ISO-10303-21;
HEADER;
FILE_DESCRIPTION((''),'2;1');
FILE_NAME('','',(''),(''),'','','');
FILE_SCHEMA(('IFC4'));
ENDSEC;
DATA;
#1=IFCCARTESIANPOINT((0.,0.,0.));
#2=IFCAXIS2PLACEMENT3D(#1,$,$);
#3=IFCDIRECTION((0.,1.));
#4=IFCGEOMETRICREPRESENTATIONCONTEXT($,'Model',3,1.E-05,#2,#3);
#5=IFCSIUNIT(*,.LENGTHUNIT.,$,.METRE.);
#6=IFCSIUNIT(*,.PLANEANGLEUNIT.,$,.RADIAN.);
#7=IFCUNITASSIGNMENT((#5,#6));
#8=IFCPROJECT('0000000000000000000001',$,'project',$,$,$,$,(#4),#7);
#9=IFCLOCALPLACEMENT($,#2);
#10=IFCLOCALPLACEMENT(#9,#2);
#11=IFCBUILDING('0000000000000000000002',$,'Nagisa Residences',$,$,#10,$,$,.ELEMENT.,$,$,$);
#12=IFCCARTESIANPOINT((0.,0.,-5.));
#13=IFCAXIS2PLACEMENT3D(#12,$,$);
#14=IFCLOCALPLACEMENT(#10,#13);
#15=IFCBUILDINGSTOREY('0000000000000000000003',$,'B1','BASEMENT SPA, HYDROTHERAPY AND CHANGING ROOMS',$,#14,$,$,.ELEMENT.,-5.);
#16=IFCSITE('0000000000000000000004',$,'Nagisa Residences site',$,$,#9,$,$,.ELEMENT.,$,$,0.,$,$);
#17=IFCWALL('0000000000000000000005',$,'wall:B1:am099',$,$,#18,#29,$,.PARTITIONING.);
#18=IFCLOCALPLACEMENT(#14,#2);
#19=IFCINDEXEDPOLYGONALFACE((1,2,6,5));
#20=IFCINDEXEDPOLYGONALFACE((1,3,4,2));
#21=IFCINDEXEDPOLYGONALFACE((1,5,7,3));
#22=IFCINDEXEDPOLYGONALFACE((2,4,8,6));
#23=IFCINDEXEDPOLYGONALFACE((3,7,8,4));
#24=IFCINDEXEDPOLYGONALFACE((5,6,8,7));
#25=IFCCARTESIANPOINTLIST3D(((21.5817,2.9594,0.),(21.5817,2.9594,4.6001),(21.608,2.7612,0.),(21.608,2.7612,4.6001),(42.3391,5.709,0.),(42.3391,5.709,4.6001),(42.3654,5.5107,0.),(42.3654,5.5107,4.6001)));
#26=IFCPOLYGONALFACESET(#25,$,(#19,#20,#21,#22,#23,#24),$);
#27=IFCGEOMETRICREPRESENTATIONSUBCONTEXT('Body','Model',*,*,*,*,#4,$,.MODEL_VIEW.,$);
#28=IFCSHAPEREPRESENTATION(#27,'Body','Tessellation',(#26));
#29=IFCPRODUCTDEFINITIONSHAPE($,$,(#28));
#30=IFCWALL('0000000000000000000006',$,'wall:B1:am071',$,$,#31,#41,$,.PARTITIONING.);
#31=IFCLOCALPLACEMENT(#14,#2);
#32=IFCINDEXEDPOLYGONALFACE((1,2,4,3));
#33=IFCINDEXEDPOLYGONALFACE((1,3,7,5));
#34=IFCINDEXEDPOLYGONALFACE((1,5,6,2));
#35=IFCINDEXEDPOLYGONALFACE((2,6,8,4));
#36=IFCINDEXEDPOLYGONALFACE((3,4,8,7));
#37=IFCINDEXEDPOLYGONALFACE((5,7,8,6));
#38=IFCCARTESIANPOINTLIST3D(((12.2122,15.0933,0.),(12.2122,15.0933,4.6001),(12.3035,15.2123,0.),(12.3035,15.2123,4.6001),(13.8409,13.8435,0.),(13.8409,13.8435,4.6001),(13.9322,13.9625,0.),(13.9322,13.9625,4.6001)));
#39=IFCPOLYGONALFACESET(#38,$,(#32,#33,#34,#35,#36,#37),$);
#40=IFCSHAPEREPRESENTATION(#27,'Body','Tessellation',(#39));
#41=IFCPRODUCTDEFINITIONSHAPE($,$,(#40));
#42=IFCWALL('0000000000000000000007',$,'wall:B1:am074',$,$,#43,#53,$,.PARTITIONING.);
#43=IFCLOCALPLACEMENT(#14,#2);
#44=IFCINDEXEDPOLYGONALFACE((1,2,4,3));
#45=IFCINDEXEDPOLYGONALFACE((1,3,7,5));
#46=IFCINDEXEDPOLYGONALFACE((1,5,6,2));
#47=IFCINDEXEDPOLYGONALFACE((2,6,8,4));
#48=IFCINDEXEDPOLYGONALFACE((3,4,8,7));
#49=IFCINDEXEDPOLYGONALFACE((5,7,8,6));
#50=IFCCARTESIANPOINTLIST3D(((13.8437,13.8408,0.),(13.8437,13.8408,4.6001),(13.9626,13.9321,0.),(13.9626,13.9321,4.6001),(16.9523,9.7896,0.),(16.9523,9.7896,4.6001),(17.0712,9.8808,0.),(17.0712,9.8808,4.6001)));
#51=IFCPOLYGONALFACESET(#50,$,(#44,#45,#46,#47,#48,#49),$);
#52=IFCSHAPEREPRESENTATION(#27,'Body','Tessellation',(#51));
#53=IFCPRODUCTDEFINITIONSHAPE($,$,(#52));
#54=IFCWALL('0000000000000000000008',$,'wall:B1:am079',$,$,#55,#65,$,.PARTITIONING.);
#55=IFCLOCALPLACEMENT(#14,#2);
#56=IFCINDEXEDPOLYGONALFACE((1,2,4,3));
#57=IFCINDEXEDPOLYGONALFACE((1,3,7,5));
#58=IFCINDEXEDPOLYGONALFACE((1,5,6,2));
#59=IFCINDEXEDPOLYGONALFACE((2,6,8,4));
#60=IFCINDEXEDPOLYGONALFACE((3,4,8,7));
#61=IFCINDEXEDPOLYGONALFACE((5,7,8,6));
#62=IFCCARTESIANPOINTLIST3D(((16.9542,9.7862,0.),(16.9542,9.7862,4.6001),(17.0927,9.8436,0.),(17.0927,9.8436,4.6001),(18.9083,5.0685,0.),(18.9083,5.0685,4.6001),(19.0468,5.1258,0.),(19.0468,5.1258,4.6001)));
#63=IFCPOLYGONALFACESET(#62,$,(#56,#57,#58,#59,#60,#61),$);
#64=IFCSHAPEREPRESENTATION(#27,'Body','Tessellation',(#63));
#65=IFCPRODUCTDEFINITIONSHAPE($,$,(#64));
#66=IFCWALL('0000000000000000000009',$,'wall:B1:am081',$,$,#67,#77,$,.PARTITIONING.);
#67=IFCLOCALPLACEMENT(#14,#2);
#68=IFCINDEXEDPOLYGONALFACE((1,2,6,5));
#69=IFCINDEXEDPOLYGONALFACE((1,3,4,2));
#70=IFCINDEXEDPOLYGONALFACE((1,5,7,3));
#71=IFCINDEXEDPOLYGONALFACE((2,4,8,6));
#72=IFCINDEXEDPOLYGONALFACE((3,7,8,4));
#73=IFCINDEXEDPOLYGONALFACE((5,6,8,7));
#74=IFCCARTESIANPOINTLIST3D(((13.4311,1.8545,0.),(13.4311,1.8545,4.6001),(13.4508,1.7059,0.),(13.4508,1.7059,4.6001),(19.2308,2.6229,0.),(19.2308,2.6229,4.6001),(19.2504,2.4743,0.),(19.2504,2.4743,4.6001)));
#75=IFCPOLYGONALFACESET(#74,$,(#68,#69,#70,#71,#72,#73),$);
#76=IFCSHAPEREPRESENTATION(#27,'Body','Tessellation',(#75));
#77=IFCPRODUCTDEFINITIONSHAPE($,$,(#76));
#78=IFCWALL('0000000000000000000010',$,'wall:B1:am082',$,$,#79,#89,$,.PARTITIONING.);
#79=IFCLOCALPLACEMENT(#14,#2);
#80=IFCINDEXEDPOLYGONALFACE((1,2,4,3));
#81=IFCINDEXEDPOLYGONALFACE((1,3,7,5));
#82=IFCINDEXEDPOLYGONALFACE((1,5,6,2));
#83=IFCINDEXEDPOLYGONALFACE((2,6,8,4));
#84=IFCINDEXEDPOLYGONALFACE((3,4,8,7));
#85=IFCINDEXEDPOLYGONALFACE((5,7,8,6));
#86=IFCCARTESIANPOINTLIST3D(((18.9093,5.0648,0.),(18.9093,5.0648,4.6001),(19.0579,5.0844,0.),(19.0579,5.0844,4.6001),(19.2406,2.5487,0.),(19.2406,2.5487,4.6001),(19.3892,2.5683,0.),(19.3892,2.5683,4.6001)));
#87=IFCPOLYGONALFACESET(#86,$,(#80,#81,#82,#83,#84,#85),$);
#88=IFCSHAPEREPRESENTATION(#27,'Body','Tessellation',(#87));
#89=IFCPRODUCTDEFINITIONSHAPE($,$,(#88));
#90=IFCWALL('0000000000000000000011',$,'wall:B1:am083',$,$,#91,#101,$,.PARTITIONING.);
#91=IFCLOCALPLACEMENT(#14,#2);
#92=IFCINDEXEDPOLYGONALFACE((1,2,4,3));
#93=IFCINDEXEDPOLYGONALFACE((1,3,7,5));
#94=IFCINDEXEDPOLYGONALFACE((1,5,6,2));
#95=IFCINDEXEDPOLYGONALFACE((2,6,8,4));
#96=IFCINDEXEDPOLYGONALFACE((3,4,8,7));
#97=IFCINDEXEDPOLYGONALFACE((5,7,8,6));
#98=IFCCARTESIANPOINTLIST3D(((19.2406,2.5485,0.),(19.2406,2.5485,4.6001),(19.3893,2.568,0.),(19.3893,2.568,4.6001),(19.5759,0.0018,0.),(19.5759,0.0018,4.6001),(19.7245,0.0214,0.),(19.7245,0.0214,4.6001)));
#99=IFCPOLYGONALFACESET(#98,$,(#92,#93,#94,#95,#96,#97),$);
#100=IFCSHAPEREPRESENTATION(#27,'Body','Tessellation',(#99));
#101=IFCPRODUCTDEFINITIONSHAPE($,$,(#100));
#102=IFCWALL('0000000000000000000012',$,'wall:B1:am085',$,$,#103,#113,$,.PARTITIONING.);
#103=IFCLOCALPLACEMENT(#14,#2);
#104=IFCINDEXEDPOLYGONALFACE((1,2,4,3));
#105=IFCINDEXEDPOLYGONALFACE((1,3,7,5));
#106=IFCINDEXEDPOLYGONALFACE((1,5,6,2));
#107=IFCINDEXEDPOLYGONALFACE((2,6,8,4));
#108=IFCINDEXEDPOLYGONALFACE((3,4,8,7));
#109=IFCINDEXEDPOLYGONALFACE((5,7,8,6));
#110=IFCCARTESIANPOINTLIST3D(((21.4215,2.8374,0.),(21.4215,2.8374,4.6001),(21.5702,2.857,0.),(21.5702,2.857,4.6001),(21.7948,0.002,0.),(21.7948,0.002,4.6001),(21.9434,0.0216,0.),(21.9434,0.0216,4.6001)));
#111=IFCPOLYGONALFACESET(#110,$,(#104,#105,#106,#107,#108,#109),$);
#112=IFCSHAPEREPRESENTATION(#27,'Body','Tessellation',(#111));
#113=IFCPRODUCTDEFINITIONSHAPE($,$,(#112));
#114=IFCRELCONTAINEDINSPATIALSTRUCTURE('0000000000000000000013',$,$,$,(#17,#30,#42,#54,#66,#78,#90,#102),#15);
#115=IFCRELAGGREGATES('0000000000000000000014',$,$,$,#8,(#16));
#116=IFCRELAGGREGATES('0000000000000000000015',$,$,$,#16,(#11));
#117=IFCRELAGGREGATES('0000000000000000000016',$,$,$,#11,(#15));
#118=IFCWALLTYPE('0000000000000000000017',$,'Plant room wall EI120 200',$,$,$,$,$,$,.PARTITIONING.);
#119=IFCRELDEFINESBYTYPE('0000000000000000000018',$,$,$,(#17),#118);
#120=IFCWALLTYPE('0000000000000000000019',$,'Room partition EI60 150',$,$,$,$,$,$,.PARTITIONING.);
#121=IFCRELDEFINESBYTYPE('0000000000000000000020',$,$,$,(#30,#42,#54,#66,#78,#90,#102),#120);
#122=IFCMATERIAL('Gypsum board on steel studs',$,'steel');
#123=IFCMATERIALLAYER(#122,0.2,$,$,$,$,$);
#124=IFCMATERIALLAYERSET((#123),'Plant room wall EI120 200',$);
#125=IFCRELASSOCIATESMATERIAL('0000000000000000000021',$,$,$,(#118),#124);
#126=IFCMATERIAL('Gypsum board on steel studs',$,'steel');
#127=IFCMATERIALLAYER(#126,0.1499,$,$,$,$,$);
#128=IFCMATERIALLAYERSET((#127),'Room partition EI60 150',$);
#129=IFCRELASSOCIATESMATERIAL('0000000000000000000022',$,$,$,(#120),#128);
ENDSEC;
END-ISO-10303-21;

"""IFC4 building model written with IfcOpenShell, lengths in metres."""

from ifc_helpers import new_model, si_unit, direction, frame, frame_2d, origin, place, context, subcontext, project, spatial, rectangle, extrude, material, layer, layer_set, type_object, element, save


model = new_model("IFC4")

# Units and contexts
model_context = context("Model", 3, precision=1e-05, world=origin(), true_north=direction((0.0, 1.0)))
body_context = subcontext(model_context, "Body", "Model", "MODEL_VIEW")
ifc_project = project(units=[si_unit("LENGTHUNIT", "METRE"), si_unit("PLANEANGLEUNIT", "RADIAN")], contexts=[model_context])

# Site, building, storey
site_placement = place(None, origin())
site = spatial("IfcSite", under=ifc_project, at=site_placement, Name="Nagisa Residences site", CompositionType="ELEMENT", RefElevation=0.0)
building_placement = place(site_placement, origin())
building = spatial("IfcBuilding", under=site, at=building_placement, Name="Nagisa Residences", CompositionType="ELEMENT")
storey_placement = place(building_placement, frame((0.0, 0.0, -5.0)))
storey = spatial("IfcBuildingStorey", under=building, at=storey_placement, Name="B1", Description="BASEMENT SPA, HYDROTHERAPY AND CHANGING ROOMS", CompositionType="ELEMENT", Elevation=-5.0)

# Walls
ifc_material_1 = material(Name="Gypsum board on steel studs", Category="steel")
ifc_layer_1 = layer(ifc_material_1, 0.2)
ifc_layer_set_1 = layer_set([ifc_layer_1], Name="Plant room wall EI120 200")
wall_type_1 = type_object("IfcWallType", Name="Plant room wall EI120 200", PredefinedType="PARTITIONING", material=ifc_layer_set_1)
wall_1_placement = place(storey_placement, frame((21.595, 2.8604, 0.0), z_axis=(0.0, 0.0, 1.0), x_axis=(0.991341, 0.131313, 0.0)))
element("IfcWall", 1, at=wall_1_placement, inside=storey, type_object=wall_type_1, Name="wall:B1:am099", PredefinedType="PARTITIONING", context=body_context, shape_type="SweptSolid", body=[
    extrude(rectangle(XDim=20.9387, YDim=0.2, at=frame_2d((10.4692, 0.0))), origin(), (0.0, 0.0, 1.0), 4.6001),
])
ifc_material_2 = material(Name="Gypsum board on steel studs", Category="steel")
ifc_layer_2 = layer(ifc_material_2, 0.1499)
ifc_layer_set_2 = layer_set([ifc_layer_2], Name="Room partition EI60 150")
wall_type_2 = type_object("IfcWallType", Name="Room partition EI60 150", PredefinedType="PARTITIONING", material=ifc_layer_set_2)
wall_2_placement = place(storey_placement, frame((13.8865, 13.9031, 0.0), z_axis=(0.0, 0.0, 1.0), x_axis=(-0.793344, 0.608774, 0.0)))
element("IfcWall", 2, at=wall_2_placement, inside=storey, type_object=wall_type_2, Name="wall:B1:am071", PredefinedType="PARTITIONING", context=body_context, shape_type="SweptSolid", body=[
    extrude(rectangle(XDim=2.053, YDim=0.1499, at=frame_2d((1.0264, 0.0))), origin(), (0.0, 0.0, 1.0), 4.6001),
])
for number, where, z_axis, x_axis, name in (
    (3, (17.0117, 9.8352, 0.0), (0.0, 0.0, 1.0), (-0.608761, 0.793354, 0.0), "wall:B1:am074"),
    (4, (18.9775, 5.0972, 0.0), (0.0, 0.0, 1.0), (-0.382673, 0.923884, 0.0), "wall:B1:am079"),
):
    element("IfcWall", number, at=place(storey_placement, frame(where, z_axis=z_axis, x_axis=x_axis)), inside=storey, type_object=wall_type_2, Name=name, PredefinedType="PARTITIONING", context=body_context, shape_type="SweptSolid", body=[
        extrude(rectangle(XDim=5.1064, YDim=0.1499, at=frame_2d((2.5532, 0.0))), origin(), (0.0, 0.0, 1.0), 4.6001),
    ])
wall_3_placement = place(storey_placement, frame((19.2407, 2.5486, 0.0), z_axis=(0.0, 0.0, 1.0), x_axis=(-0.991339, -0.13133, 0.0)))
element("IfcWall", 5, at=wall_3_placement, inside=storey, type_object=wall_type_2, Name="wall:B1:am081", PredefinedType="PARTITIONING", context=body_context, shape_type="SweptSolid", body=[
    extrude(rectangle(XDim=5.8503, YDim=0.1499, at=frame_2d((2.9253, 0.0))), origin(), (0.0, 0.0, 1.0), 4.6001),
])
wall_4_placement = place(storey_placement, frame((19.3149, 2.5583, 0.0), z_axis=(0.0, 0.0, 1.0), x_axis=(-0.130544, 0.991443, 0.0)))
element("IfcWall", 6, at=wall_4_placement, inside=storey, type_object=wall_type_2, Name="wall:B1:am082", PredefinedType="PARTITIONING", context=body_context, shape_type="SweptSolid", body=[
    extrude(rectangle(XDim=2.5378, YDim=0.1499, at=frame_2d((1.269, 0.0))), origin(), (0.0, 0.0, 1.0), 4.6001),
])
wall_5_placement = place(storey_placement, frame((19.6501, 0.0117, 0.0), z_axis=(0.0, 0.0, 1.0), x_axis=(-0.130501, 0.991448, 0.0)))
element("IfcWall", 7, at=wall_5_placement, inside=storey, type_object=wall_type_2, Name="wall:B1:am083", PredefinedType="PARTITIONING", context=body_context, shape_type="SweptSolid", body=[
    extrude(rectangle(XDim=2.5686, YDim=0.1499, at=frame_2d((1.2842, 0.0))), origin(), (0.0, 0.0, 1.0), 4.6001),
])
wall_6_placement = place(storey_placement, frame((21.4958, 2.8472, 0.0), z_axis=(0.0, 0.0, 1.0), x_axis=(0.130525, -0.991445, 0.0)))
element("IfcWall", 8, at=wall_6_placement, inside=storey, type_object=wall_type_2, Name="wall:B1:am085", PredefinedType="PARTITIONING", context=body_context, shape_type="SweptSolid", body=[
    extrude(rectangle(XDim=2.8599, YDim=0.1499, at=frame_2d((1.4299, 0.0))), origin(), (0.0, 0.0, 1.0), 4.6001),
])

save(model, "model.ifc")
